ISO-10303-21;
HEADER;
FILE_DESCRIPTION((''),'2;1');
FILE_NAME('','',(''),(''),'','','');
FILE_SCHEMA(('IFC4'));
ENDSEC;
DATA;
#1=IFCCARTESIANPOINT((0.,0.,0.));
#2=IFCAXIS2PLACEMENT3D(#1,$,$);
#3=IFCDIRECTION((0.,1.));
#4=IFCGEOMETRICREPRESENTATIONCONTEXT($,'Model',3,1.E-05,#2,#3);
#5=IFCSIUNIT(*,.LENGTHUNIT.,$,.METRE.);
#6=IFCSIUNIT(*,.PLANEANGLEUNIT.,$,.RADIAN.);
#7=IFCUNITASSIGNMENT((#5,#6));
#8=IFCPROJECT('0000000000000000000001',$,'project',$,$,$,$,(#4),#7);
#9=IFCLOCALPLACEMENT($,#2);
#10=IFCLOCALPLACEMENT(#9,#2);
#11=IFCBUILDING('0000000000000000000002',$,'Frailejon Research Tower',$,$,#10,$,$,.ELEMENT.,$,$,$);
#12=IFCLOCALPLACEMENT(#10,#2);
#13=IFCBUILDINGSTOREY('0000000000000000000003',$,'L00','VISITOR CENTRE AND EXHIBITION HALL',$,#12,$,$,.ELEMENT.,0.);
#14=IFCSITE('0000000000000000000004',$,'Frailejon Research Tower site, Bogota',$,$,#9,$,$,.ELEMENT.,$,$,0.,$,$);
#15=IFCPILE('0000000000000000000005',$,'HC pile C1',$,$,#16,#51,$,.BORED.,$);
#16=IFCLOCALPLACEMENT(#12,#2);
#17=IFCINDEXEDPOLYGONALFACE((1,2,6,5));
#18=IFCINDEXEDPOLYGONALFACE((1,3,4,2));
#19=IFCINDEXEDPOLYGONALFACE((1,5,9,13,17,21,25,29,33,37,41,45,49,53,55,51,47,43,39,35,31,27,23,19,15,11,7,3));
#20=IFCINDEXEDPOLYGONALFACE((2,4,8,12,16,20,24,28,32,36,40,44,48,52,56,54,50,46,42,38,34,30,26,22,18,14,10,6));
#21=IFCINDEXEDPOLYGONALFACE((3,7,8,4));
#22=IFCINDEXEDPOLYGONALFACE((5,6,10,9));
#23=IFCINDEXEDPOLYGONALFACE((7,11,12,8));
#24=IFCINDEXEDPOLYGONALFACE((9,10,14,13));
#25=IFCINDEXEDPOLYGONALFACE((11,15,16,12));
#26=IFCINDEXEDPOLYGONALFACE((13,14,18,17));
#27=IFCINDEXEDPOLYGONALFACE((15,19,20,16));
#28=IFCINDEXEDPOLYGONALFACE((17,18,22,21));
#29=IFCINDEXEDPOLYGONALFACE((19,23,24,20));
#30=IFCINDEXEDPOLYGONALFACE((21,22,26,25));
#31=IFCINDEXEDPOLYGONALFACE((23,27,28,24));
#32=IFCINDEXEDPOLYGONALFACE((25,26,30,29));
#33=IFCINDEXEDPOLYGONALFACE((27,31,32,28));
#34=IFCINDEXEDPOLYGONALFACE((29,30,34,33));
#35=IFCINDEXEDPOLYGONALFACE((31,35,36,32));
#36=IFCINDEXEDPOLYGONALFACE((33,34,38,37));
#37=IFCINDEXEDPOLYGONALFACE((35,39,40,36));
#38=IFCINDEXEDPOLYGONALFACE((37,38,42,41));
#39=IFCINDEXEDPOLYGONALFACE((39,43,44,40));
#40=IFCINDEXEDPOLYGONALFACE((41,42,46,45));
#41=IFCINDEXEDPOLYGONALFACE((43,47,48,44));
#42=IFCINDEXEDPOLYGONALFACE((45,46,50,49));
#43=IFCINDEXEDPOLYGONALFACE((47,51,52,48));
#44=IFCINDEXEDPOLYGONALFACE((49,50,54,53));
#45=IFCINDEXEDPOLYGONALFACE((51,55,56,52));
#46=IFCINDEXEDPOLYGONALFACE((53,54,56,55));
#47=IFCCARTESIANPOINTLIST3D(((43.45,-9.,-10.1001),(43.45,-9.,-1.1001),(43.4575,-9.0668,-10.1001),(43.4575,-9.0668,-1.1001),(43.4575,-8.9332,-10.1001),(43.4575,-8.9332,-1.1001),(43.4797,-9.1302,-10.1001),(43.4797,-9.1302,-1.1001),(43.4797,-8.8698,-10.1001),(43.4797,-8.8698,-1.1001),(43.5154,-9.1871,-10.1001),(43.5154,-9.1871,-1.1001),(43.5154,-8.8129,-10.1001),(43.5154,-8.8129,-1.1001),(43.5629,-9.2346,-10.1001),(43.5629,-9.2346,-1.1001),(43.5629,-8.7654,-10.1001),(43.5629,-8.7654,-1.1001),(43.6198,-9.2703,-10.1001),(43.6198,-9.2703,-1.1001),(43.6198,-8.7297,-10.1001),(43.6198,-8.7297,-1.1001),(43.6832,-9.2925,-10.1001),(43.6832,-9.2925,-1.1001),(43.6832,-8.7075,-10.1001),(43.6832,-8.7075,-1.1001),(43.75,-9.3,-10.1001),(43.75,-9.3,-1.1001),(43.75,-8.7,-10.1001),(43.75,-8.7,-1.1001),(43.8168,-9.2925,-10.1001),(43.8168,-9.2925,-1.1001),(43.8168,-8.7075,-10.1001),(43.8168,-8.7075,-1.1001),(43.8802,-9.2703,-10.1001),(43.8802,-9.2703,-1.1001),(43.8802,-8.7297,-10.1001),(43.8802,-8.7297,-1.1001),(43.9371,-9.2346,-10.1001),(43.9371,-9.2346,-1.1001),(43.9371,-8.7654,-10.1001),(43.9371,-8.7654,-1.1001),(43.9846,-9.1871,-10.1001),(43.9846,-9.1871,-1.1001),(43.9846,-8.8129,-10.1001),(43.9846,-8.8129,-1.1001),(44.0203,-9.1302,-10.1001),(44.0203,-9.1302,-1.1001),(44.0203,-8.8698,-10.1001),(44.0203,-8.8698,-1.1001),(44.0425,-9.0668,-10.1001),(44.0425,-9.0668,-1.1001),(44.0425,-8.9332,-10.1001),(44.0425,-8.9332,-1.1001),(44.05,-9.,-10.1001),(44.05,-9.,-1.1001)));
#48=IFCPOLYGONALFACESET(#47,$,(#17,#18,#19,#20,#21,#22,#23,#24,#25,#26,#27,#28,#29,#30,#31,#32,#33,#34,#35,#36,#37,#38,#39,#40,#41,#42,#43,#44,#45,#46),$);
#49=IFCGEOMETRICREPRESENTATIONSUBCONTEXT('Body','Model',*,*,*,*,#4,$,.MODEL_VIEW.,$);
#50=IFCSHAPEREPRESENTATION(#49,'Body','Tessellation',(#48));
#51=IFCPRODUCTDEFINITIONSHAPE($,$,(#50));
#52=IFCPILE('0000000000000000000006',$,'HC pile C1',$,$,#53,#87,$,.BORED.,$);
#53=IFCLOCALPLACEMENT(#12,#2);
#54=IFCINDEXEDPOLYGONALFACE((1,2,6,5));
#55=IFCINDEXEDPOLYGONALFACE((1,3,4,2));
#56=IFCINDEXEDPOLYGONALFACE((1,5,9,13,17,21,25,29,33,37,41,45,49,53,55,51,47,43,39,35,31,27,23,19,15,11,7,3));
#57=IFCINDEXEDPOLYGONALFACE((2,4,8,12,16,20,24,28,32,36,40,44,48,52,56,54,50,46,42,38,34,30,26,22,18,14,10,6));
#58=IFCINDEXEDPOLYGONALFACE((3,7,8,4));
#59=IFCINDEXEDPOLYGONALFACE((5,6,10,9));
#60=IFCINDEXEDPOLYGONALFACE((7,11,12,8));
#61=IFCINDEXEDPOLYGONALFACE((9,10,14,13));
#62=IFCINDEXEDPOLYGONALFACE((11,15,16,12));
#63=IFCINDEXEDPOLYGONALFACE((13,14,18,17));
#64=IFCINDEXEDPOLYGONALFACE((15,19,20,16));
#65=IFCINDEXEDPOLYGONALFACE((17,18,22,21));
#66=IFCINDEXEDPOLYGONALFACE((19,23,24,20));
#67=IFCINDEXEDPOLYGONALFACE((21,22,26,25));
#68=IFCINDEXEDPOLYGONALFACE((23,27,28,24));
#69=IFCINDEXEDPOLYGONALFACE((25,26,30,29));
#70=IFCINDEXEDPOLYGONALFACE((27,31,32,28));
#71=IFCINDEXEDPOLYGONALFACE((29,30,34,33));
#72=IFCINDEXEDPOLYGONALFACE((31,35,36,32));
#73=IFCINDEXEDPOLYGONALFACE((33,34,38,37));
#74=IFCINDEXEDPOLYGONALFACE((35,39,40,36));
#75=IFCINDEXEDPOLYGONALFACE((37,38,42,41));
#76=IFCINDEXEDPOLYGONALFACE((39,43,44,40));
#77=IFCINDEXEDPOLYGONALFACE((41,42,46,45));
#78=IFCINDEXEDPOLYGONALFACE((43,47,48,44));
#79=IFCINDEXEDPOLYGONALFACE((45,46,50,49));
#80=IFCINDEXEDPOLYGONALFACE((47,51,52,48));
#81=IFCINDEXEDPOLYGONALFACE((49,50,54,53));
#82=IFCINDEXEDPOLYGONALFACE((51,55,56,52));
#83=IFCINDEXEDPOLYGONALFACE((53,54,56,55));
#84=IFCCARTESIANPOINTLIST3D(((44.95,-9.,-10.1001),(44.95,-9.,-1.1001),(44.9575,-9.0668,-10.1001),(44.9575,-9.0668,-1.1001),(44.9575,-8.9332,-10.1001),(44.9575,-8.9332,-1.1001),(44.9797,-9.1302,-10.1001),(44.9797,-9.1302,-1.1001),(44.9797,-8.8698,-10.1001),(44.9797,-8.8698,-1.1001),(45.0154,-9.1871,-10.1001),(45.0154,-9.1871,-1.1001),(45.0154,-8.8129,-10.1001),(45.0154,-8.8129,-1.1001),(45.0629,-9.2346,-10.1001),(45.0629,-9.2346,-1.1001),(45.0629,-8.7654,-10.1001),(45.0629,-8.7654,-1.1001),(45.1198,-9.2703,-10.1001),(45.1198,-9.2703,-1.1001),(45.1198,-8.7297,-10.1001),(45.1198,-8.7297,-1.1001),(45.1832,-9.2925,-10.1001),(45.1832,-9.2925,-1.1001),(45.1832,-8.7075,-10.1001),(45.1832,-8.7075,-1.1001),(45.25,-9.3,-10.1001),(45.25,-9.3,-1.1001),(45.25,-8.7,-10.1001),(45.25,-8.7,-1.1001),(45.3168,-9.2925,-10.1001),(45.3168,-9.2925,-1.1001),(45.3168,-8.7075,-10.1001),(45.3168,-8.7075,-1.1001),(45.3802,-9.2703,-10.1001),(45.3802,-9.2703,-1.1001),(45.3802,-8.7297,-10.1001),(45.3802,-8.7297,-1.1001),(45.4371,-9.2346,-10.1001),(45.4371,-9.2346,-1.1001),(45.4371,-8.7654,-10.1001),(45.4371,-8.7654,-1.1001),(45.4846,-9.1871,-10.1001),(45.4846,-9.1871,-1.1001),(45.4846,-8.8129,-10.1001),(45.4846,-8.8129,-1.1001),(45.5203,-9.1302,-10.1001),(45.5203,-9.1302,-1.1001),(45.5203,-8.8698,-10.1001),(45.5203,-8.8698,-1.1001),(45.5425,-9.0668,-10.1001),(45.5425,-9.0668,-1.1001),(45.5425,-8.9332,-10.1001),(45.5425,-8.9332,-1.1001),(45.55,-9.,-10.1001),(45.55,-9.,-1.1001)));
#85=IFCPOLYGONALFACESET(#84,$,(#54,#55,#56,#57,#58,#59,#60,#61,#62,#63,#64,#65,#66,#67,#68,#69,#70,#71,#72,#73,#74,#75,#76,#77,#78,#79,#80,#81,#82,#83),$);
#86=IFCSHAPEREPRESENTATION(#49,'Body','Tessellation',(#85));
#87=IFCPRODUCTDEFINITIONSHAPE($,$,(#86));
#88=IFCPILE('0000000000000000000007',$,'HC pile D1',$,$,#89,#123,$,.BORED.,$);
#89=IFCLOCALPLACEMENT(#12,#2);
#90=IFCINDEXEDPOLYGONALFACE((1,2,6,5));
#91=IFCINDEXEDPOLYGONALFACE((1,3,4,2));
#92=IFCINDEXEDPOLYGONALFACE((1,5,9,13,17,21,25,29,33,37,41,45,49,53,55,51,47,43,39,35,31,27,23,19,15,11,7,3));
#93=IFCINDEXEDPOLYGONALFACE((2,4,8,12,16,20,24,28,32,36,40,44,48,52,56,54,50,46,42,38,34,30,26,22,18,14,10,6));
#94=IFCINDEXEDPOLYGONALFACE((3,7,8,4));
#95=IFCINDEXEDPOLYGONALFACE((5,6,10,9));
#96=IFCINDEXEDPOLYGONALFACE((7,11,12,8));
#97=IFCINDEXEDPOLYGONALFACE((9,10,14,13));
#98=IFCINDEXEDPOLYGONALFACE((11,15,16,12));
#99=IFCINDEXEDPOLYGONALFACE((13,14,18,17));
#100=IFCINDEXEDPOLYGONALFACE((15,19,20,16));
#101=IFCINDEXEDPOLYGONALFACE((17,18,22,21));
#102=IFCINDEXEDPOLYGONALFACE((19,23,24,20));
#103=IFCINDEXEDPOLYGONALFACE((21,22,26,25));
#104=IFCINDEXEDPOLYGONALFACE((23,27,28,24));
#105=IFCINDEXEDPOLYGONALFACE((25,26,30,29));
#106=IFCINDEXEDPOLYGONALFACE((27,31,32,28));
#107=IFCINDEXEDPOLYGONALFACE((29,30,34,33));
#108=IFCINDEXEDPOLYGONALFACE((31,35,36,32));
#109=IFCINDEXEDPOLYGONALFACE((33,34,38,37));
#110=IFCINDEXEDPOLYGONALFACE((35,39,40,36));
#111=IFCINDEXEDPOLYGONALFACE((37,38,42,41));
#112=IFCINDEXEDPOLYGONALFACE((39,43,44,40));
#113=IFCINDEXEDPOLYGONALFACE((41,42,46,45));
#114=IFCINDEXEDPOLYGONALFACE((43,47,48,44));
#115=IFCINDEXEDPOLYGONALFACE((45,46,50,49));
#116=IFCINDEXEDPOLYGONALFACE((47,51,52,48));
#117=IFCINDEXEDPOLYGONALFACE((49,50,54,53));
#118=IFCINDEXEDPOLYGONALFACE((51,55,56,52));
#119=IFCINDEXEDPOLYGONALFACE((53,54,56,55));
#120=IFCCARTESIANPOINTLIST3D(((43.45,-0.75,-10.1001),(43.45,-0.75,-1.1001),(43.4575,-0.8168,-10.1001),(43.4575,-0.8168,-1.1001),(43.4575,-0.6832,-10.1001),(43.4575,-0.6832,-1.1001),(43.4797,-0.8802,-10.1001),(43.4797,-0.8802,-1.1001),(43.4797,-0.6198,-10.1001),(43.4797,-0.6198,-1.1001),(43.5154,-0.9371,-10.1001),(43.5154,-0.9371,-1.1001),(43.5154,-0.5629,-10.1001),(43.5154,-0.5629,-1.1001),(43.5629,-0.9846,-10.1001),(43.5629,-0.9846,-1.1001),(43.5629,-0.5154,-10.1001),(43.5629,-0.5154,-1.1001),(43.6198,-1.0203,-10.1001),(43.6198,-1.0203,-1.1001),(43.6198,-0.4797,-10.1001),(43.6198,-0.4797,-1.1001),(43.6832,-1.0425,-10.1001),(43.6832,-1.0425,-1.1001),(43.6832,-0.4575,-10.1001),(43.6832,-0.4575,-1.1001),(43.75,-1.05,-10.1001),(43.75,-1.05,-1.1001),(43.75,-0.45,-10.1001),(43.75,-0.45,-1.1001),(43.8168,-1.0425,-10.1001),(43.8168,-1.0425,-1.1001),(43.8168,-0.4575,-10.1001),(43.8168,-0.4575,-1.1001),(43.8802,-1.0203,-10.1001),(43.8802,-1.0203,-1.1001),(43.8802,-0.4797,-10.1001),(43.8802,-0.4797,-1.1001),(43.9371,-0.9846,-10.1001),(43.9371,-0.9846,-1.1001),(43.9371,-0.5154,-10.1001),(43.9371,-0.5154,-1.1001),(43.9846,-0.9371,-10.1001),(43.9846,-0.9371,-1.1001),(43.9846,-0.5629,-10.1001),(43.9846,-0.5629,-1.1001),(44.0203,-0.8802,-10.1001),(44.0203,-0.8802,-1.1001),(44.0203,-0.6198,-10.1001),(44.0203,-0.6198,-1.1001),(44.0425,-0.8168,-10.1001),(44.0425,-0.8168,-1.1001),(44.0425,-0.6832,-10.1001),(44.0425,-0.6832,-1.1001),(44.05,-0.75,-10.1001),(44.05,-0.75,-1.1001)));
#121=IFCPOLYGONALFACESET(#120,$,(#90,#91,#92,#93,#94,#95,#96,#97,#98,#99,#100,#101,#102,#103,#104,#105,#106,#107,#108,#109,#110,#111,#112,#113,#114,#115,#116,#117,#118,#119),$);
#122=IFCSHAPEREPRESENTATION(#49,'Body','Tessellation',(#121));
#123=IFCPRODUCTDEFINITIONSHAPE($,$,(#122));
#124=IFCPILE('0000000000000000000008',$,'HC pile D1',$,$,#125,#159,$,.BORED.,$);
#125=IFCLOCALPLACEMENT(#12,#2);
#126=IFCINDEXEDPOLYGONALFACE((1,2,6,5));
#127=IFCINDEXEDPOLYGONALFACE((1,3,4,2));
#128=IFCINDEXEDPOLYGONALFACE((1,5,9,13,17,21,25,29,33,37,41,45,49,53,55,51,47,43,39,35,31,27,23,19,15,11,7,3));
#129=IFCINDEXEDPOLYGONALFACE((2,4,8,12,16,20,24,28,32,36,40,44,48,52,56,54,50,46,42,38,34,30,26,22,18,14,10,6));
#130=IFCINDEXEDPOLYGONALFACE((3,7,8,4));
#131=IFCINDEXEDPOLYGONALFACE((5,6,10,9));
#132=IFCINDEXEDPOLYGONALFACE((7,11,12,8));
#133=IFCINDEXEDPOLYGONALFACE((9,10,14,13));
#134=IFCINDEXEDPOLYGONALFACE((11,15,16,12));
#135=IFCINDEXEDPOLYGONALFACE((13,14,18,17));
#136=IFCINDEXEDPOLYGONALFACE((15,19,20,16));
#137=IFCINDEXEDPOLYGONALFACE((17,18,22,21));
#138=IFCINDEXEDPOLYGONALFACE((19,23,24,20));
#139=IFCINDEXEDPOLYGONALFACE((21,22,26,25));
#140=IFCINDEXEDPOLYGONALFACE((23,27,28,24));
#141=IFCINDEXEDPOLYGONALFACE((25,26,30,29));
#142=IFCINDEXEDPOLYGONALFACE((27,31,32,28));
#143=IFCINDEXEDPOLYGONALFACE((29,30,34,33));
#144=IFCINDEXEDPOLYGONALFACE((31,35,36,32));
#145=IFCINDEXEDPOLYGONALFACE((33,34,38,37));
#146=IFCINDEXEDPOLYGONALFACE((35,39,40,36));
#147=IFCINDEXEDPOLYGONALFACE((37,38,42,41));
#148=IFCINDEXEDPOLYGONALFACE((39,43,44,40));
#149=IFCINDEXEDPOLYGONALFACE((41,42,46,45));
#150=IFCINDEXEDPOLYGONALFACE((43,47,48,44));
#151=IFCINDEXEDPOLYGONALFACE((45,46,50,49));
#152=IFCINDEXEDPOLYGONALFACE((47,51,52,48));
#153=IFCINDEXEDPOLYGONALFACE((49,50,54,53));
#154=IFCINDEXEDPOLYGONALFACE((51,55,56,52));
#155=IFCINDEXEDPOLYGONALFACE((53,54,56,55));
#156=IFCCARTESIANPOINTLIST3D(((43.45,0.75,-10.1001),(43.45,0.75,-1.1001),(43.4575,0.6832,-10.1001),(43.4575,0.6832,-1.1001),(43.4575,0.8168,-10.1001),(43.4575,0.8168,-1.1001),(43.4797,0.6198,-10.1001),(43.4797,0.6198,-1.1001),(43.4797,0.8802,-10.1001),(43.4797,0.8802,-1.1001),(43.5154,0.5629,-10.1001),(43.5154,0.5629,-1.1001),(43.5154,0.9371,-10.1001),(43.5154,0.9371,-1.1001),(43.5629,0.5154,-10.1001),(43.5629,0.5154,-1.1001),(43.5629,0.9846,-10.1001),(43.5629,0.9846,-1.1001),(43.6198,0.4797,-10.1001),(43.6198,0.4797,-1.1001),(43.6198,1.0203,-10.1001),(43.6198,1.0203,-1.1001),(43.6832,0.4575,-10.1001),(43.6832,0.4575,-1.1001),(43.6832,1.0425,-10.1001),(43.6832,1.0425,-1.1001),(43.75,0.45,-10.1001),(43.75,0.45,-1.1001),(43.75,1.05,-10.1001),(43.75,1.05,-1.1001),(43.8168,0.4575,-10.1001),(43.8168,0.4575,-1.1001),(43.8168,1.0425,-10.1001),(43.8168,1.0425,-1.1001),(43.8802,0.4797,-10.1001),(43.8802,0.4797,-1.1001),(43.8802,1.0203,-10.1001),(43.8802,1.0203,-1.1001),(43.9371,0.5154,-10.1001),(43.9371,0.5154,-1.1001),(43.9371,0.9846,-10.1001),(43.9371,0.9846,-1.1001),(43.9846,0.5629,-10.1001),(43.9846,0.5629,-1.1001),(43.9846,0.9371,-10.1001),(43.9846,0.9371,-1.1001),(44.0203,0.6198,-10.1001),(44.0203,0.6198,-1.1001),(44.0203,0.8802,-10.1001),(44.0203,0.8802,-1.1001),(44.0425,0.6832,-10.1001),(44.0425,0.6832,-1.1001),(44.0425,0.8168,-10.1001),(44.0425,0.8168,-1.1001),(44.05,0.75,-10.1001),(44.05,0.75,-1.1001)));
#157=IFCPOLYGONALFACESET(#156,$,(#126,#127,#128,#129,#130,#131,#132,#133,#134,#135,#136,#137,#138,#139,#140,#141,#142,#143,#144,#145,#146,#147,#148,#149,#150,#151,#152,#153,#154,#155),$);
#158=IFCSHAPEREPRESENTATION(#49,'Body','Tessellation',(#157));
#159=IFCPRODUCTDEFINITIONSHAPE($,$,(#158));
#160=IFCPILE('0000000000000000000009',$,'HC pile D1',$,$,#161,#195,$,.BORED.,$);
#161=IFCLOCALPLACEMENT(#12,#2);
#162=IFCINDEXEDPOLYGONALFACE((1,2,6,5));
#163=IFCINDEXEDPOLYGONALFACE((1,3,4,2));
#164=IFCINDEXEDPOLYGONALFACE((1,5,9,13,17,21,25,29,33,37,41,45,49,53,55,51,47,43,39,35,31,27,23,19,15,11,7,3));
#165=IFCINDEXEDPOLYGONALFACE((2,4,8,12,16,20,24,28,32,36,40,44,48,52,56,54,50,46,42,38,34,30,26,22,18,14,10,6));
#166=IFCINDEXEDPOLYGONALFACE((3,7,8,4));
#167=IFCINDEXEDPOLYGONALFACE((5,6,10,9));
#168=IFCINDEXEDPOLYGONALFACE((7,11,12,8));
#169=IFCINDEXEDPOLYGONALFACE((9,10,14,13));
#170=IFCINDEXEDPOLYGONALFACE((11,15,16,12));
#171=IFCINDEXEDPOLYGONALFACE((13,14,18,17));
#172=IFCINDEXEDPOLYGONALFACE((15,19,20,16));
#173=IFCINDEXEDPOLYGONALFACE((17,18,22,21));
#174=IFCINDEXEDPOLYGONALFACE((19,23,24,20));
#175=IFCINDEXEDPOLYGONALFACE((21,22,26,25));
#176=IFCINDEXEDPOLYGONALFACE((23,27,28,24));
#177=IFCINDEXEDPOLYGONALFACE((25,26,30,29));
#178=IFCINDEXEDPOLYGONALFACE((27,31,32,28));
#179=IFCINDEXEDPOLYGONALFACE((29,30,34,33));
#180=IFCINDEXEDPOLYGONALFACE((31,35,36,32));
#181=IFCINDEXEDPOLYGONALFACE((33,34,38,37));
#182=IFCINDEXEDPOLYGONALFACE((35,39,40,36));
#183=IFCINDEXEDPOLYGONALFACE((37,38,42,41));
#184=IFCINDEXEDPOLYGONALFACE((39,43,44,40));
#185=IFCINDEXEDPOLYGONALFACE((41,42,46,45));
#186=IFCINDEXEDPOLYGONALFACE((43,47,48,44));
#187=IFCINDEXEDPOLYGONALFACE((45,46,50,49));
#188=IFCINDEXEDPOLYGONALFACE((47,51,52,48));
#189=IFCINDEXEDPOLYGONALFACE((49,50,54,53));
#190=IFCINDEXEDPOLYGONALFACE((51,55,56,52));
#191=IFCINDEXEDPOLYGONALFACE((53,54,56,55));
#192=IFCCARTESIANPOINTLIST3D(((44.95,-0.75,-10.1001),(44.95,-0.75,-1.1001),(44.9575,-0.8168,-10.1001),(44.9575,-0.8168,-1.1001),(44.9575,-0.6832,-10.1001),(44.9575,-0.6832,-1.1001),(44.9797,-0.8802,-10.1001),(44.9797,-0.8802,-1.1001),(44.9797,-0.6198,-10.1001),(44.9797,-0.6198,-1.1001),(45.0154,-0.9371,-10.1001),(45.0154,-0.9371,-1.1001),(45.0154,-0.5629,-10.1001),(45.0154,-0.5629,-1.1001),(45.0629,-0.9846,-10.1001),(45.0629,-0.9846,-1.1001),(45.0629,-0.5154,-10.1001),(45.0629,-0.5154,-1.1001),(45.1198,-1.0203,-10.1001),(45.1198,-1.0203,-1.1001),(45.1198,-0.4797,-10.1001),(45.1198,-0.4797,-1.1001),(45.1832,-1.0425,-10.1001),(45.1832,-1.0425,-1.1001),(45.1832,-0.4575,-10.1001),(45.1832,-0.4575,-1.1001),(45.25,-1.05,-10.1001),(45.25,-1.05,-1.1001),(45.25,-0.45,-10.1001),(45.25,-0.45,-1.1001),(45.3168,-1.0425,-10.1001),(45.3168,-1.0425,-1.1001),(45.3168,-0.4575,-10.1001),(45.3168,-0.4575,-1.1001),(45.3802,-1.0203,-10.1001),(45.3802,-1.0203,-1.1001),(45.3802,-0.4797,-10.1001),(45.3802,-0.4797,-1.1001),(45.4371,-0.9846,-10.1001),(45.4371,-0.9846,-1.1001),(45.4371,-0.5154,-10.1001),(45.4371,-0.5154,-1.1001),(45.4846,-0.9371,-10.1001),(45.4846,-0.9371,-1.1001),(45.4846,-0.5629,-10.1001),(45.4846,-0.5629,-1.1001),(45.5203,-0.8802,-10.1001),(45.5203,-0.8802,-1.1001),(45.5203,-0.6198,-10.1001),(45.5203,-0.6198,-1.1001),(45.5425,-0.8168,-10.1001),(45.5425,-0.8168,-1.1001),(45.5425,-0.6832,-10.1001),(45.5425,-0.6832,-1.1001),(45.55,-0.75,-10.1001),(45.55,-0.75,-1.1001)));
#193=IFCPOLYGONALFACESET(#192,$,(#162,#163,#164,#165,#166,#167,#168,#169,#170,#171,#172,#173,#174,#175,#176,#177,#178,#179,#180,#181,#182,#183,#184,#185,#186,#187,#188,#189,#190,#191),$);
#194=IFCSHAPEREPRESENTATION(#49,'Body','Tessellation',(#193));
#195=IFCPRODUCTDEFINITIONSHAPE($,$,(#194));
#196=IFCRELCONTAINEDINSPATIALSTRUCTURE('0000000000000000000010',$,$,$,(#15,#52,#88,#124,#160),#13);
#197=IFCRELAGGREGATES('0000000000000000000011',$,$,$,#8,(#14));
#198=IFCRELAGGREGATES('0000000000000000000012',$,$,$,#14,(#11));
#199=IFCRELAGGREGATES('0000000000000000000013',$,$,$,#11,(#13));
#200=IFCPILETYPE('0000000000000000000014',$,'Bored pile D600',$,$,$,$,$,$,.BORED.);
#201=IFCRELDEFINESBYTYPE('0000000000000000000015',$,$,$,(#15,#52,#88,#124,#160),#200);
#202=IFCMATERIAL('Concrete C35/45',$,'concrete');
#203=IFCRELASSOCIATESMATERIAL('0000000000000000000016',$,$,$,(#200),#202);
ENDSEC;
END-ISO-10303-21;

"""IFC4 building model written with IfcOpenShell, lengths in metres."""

from ifc_helpers import new_model, si_unit, direction, frame, origin, origin_2d, place, context, subcontext, project, spatial, circle, extrude, material, material_profile, profile_set, type_object, element, save


model = new_model("IFC4")

# Units and contexts
model_context = context("Model", 3, precision=1e-05, world=origin(), true_north=direction((0.0, 1.0)))
body_context = subcontext(model_context, "Body", "Model", "MODEL_VIEW")
ifc_project = project(units=[si_unit("LENGTHUNIT", "METRE"), si_unit("PLANEANGLEUNIT", "RADIAN")], contexts=[model_context])

# Site, building, storey
site_placement = place(None, origin())
site = spatial("IfcSite", under=ifc_project, at=site_placement, Name="Frailejon Research Tower site, Bogota", CompositionType="ELEMENT", RefElevation=0.0)
building_placement = place(site_placement, origin())
building = spatial("IfcBuilding", under=site, at=building_placement, Name="Frailejon Research Tower", CompositionType="ELEMENT")
storey_placement = place(building_placement, origin())
storey = spatial("IfcBuildingStorey", under=building, at=storey_placement, Name="L00", Description="VISITOR CENTRE AND EXHIBITION HALL", CompositionType="ELEMENT", Elevation=0.0)

# Piles
ifc_material_1 = material(Name="Concrete C35/45", Category="concrete")
ifc_material_profile_1 = material_profile(ifc_material_1, circle(Radius=0.3, at=origin_2d()), Name="Bored pile D600")
ifc_profile_set_1 = profile_set([ifc_material_profile_1], Name="Concrete C35/45")
pile_type = type_object("IfcPileType", Name="Bored pile D600", PredefinedType="BORED", material=ifc_profile_set_1)
for number, where, z_axis, x_axis, name in (
    (1, (43.75, -9.0, -1.1001), (0.0, 0.0, -1.0), (1.0, 0.0, 0.0), "HC pile C1"),
    (2, (45.25, -9.0, -1.1001), (0.0, 0.0, -1.0), (1.0, 0.0, 0.0), "HC pile C1"),
    (3, (43.75, -0.75, -1.1001), (0.0, 0.0, -1.0), (1.0, 0.0, 0.0), "HC pile D1"),
    (4, (43.75, 0.75, -1.1001), (0.0, 0.0, -1.0), (1.0, 0.0, 0.0), "HC pile D1"),
    (5, (45.25, -0.75, -1.1001), (0.0, 0.0, -1.0), (1.0, 0.0, 0.0), "HC pile D1"),
):
    element("IfcPile", number, at=place(storey_placement, frame(where, z_axis=z_axis, x_axis=x_axis)), inside=storey, type_object=pile_type, Name=name, PredefinedType="BORED", context=body_context, shape_type="SweptSolid", body=[
        extrude(circle(Radius=0.3, at=origin_2d()), origin(), (0.0, 0.0, 1.0), 9.0),
    ])

save(model, "model.ifc")
